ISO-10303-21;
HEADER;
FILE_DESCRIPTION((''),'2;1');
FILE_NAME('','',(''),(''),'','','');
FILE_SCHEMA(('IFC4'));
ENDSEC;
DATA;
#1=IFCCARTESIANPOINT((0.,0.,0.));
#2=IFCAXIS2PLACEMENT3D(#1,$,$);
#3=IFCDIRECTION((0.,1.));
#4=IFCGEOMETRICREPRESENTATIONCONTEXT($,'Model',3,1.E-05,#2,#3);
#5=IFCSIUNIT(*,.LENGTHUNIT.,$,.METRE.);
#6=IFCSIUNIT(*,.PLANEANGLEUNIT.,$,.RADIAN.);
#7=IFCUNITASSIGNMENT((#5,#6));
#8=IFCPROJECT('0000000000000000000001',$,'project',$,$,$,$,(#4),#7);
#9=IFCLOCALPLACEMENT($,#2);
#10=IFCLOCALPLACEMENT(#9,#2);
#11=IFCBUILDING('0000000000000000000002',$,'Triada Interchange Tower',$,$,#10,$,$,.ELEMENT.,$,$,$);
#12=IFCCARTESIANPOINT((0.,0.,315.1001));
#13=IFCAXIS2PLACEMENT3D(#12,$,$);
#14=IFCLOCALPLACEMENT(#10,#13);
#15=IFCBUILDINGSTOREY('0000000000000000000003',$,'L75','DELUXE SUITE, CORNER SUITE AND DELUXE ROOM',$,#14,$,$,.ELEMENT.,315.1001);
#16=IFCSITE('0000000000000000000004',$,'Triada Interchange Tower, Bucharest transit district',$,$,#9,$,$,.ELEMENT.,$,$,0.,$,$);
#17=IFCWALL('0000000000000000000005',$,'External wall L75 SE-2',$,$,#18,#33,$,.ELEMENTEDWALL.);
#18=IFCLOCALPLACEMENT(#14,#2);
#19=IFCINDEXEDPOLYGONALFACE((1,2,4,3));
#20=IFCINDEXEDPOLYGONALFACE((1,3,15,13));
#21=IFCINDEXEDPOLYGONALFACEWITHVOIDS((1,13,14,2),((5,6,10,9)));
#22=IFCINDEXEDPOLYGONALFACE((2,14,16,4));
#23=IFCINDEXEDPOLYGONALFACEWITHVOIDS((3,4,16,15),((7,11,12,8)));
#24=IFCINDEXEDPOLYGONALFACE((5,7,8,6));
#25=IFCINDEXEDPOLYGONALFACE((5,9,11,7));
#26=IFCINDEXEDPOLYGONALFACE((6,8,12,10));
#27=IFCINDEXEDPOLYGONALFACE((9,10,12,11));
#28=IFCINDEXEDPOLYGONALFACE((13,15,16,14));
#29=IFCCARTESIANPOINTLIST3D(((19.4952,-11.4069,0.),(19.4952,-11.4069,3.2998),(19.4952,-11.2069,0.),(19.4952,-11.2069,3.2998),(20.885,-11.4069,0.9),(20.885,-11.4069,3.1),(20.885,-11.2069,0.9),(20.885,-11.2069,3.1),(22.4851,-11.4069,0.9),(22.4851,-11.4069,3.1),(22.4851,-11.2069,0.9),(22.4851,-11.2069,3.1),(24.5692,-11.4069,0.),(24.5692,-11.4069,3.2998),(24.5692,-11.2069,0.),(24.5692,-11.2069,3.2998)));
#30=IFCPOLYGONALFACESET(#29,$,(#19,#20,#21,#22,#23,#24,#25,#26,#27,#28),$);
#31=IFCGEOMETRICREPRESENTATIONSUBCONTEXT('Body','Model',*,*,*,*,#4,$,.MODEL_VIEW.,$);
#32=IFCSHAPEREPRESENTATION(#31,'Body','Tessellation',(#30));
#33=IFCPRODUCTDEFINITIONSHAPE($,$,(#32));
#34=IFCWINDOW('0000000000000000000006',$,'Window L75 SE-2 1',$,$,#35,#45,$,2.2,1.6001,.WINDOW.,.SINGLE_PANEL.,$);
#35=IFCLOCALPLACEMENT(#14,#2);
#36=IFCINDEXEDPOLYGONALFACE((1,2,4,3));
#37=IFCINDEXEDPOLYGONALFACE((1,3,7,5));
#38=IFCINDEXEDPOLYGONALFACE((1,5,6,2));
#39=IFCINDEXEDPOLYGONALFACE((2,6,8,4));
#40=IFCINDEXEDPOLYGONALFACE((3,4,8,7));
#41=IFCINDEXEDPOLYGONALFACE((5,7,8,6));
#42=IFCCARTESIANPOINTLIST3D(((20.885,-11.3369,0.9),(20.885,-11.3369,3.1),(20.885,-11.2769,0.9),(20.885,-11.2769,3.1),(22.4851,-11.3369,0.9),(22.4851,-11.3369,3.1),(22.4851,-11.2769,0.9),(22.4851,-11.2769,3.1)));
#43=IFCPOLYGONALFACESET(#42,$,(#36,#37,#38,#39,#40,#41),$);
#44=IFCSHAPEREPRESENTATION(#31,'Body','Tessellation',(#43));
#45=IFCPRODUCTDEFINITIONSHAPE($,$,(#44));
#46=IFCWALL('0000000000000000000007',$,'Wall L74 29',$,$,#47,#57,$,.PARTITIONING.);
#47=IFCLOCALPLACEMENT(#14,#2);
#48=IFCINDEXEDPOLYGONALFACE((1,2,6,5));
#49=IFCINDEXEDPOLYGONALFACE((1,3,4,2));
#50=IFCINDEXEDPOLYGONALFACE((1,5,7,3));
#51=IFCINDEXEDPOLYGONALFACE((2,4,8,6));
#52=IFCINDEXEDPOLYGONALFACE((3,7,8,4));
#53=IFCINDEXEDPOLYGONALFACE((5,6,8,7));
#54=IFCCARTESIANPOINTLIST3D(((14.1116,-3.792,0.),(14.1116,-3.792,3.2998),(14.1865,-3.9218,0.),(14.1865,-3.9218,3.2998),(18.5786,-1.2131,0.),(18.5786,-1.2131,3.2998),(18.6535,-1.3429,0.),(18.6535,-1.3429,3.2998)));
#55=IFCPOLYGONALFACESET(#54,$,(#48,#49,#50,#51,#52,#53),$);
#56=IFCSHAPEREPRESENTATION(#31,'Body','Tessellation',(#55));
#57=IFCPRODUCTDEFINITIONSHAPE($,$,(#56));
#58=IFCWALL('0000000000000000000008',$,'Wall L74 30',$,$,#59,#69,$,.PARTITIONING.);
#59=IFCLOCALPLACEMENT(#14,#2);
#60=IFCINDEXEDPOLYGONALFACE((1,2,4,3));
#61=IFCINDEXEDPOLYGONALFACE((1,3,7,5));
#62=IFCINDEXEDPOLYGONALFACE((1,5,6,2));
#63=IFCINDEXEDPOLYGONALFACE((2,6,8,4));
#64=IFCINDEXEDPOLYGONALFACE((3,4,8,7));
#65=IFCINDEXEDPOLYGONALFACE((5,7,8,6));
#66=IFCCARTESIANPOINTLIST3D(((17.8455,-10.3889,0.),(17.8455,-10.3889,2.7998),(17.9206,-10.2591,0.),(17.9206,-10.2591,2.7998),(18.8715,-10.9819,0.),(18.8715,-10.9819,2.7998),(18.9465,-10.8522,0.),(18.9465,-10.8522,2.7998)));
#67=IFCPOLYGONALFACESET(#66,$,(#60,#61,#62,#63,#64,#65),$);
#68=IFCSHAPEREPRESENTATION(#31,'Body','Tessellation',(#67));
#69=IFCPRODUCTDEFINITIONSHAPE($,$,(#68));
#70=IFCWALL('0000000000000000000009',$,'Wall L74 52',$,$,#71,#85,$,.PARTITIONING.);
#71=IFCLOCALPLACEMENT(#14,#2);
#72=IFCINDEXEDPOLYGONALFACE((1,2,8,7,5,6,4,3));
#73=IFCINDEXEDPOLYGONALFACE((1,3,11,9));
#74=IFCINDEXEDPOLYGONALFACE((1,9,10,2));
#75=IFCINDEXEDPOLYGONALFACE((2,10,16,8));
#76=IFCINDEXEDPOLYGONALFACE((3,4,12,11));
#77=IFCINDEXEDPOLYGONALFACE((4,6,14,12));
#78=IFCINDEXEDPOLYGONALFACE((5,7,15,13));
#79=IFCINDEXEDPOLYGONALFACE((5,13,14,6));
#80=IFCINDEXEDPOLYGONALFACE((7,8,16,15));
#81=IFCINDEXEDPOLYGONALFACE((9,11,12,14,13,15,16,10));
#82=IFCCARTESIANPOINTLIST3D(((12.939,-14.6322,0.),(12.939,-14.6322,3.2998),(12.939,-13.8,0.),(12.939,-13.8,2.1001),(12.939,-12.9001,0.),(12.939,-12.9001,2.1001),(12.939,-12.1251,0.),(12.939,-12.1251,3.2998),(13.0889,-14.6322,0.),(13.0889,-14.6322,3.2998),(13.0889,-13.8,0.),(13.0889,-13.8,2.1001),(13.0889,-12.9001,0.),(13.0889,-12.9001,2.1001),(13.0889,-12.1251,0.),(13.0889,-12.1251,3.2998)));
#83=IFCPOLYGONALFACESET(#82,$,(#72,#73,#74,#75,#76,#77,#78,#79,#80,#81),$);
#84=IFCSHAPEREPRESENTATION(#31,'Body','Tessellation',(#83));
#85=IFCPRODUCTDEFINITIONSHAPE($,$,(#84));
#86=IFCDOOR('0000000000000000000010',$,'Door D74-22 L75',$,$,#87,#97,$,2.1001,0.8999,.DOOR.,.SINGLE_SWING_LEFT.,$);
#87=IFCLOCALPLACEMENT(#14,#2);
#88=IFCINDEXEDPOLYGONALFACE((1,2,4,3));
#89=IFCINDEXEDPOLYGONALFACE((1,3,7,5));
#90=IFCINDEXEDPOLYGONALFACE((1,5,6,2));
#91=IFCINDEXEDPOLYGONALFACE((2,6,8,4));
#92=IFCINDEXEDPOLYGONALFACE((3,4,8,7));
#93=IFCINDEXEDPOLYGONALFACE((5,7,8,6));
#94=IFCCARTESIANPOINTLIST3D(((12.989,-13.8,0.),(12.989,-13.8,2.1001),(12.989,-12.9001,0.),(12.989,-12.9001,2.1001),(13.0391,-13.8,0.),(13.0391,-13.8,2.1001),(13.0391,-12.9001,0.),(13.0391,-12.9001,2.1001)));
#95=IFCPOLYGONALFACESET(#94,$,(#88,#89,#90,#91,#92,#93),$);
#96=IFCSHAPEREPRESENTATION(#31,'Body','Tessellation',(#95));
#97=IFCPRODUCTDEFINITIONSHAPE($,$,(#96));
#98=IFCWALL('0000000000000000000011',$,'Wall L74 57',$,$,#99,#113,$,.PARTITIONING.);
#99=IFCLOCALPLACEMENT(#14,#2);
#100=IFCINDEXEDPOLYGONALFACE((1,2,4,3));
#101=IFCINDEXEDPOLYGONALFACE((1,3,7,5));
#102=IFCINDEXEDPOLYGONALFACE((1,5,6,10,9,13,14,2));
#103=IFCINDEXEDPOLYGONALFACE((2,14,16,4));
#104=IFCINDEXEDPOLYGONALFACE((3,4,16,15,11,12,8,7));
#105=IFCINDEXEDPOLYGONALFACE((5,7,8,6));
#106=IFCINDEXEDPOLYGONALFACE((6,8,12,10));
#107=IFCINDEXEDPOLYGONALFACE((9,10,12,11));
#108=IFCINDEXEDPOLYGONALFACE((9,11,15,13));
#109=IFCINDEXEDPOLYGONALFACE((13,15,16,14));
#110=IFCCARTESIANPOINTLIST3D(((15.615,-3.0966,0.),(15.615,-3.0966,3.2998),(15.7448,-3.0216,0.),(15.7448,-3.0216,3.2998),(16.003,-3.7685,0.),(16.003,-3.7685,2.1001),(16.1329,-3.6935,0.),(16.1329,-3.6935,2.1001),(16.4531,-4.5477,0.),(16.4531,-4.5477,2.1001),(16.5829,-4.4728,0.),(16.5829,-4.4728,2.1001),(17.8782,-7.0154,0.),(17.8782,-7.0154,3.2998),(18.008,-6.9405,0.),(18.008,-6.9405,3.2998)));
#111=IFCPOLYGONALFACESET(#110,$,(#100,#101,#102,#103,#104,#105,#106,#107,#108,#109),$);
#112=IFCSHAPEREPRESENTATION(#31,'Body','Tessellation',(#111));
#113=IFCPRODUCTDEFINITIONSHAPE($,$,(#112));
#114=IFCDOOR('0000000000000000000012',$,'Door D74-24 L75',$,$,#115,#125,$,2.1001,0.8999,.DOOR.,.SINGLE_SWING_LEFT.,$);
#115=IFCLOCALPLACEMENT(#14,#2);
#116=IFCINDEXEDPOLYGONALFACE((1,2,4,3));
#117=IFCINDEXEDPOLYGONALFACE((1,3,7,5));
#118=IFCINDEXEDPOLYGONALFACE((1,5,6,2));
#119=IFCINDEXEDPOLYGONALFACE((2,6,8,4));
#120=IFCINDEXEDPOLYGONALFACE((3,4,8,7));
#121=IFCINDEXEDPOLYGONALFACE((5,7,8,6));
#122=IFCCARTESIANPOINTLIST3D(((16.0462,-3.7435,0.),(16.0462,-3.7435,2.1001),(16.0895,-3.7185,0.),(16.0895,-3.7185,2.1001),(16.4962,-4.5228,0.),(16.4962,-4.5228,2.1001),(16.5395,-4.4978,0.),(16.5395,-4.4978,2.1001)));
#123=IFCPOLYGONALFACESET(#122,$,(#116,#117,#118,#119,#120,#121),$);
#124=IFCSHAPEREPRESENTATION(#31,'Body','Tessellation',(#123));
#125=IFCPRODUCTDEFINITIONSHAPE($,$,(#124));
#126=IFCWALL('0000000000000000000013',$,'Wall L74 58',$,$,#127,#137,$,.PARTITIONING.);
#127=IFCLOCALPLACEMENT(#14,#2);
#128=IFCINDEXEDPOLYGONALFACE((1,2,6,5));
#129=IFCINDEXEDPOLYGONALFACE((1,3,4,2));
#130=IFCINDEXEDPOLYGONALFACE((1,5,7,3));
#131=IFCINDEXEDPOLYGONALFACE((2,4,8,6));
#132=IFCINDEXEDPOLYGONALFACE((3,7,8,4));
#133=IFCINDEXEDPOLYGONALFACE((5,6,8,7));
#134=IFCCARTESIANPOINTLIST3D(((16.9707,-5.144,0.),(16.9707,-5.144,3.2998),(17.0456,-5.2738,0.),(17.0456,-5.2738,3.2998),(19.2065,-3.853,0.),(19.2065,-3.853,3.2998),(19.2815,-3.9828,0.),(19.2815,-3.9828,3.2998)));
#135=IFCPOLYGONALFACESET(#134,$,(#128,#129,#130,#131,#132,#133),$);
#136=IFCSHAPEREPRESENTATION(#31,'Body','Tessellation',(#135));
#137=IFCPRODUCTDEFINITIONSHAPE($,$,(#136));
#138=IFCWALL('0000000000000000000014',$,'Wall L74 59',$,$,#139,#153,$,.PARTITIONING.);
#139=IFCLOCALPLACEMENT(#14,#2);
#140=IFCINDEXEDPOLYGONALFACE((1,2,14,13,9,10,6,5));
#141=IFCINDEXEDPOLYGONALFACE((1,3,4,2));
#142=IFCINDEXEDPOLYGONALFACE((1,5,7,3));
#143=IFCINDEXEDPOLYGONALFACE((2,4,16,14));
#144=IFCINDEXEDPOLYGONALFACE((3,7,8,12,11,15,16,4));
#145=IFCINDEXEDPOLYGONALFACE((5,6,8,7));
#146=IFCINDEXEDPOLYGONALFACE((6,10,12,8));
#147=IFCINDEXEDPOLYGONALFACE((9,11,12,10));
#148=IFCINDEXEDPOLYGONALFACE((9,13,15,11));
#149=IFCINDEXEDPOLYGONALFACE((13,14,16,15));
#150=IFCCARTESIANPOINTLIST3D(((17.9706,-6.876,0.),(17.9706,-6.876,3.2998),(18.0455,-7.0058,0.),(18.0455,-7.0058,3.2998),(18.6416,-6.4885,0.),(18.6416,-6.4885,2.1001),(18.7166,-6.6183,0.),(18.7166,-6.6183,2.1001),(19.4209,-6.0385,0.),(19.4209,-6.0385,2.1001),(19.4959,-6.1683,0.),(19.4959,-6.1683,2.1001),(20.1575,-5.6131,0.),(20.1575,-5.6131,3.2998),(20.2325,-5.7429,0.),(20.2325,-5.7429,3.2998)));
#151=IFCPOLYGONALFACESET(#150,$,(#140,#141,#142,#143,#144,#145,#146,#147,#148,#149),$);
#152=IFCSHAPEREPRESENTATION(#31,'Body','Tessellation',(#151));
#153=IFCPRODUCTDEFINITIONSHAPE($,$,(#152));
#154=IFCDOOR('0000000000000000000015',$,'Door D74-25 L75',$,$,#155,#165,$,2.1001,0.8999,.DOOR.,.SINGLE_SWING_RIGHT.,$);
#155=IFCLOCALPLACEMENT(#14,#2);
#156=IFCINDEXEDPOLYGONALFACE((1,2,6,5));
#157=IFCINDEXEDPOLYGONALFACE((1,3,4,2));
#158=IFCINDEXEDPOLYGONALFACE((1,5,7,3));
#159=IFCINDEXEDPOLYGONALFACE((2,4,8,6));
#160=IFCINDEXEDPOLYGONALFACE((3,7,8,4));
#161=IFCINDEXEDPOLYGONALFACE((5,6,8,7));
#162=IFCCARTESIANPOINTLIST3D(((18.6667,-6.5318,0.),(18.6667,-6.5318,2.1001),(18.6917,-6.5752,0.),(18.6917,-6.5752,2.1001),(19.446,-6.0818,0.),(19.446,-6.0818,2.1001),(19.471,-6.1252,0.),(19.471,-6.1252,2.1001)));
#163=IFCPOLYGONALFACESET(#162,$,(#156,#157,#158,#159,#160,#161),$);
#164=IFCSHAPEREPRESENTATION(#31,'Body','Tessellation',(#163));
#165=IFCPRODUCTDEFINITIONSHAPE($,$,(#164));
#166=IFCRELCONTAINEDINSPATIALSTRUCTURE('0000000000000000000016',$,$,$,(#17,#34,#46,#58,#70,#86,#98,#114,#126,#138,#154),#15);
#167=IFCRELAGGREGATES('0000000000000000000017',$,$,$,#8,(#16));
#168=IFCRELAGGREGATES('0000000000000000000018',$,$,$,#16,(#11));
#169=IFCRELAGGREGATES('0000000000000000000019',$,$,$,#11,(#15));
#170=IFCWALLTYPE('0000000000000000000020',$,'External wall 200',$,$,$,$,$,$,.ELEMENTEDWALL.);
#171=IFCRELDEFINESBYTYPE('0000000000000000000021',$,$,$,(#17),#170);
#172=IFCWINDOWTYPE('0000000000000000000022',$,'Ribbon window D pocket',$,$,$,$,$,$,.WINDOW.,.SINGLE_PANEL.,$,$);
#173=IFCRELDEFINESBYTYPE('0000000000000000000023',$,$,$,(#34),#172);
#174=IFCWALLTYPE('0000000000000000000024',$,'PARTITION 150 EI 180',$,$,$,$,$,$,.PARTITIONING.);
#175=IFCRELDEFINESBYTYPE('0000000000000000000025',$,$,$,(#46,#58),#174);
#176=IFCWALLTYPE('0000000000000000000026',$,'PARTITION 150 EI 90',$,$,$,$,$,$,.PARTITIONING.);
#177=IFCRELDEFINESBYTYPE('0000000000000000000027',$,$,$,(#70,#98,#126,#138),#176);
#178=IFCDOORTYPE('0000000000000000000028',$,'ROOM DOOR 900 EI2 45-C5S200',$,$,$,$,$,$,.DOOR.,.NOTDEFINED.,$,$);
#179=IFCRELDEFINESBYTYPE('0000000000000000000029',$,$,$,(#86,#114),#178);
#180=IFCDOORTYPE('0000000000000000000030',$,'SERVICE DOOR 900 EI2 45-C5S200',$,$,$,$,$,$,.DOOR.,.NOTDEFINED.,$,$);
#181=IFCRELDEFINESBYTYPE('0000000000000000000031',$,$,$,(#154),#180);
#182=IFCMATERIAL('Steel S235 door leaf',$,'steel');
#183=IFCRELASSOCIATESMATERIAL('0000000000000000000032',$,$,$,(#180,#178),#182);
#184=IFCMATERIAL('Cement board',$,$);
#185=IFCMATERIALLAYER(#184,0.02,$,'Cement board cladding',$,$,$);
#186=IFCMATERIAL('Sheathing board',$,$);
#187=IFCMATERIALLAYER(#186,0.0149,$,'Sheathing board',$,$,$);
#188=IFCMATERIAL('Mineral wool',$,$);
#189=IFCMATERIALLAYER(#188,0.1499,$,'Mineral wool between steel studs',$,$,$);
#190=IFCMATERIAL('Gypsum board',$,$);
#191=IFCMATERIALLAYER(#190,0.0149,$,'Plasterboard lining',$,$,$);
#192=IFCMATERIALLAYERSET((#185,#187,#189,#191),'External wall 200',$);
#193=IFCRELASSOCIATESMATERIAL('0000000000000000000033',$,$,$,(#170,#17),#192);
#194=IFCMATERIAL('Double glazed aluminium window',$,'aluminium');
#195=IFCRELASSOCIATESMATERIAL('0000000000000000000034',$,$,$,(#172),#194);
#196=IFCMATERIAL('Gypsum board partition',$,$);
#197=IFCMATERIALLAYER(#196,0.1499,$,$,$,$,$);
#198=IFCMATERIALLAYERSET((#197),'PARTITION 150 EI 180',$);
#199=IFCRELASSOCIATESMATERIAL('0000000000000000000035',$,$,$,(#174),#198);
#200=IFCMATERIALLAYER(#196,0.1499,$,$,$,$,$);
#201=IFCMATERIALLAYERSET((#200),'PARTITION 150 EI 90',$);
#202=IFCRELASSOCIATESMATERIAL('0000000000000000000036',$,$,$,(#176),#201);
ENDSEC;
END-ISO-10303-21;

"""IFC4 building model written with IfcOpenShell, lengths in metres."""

from ifc_helpers import new_model, si_unit, direction, frame, frame_2d, origin, place, context, subcontext, project, spatial, rectangle, extrude, material, layer, layer_set, layer_usage, type_object, element, fill, save


model = new_model("IFC4")

# Units and contexts
model_context = context("Model", 3, precision=1e-05, world=origin(), true_north=direction((0.0, 1.0)))
body_context = subcontext(model_context, "Body", "Model", "MODEL_VIEW")
ifc_project = project(units=[si_unit("LENGTHUNIT", "METRE"), si_unit("PLANEANGLEUNIT", "RADIAN")], contexts=[model_context])

# Site, building, storey
site_placement = place(None, origin())
site = spatial("IfcSite", under=ifc_project, at=site_placement, Name="Triada Interchange Tower, Bucharest transit district", CompositionType="ELEMENT", RefElevation=0.0)
building_placement = place(site_placement, origin())
building = spatial("IfcBuilding", under=site, at=building_placement, Name="Triada Interchange Tower", CompositionType="ELEMENT")
storey_placement = place(building_placement, frame((0.0, 0.0, 315.1001)))
storey = spatial("IfcBuildingStorey", under=building, at=storey_placement, Name="L75", Description="DELUXE SUITE, CORNER SUITE AND DELUXE ROOM", CompositionType="ELEMENT", Elevation=315.1001)

# Shared definitions
ifc_material_1 = material(Name="Steel S235 door leaf", Category="steel")

# Shared definitions
door_type_1 = type_object("IfcDoorType", Name="SERVICE DOOR 900 EI2 45-C5S200", OperationType="NOTDEFINED", PredefinedType="DOOR", material=ifc_material_1)

# Wall, opening, window
ifc_material_2 = material(Name="Cement board")
ifc_layer_1 = layer(ifc_material_2, 0.02, Name="Cement board cladding")
ifc_material_3 = material(Name="Sheathing board")
ifc_layer_2 = layer(ifc_material_3, 0.0149, Name="Sheathing board")
ifc_material_4 = material(Name="Mineral wool")
ifc_layer_3 = layer(ifc_material_4, 0.1499, Name="Mineral wool between steel studs")
ifc_material_5 = material(Name="Gypsum board")
ifc_layer_4 = layer(ifc_material_5, 0.0149, Name="Plasterboard lining")
ifc_layer_set_1 = layer_set([ifc_layer_1, ifc_layer_2, ifc_layer_3, ifc_layer_4], Name="External wall 200")
ifc_layer_usage = layer_usage(ifc_layer_set_1, "AXIS2", "POSITIVE", -0.1001)
wall_type_1 = type_object("IfcWallType", Name="External wall 200", PredefinedType="ELEMENTEDWALL", material=ifc_layer_set_1)
wall_1_placement = place(storey_placement, frame((19.4951, -11.3069, 0.0), z_axis=(0.0, 0.0, 1.0), x_axis=(1.0, 0.0, 0.0)))
wall_1 = element("IfcWall", 1, at=wall_1_placement, inside=storey, type_object=wall_type_1, material=ifc_layer_usage, Name="External wall L75 SE-2", PredefinedType="ELEMENTEDWALL", context=body_context, shape_type="SweptSolid", body=[
    extrude(rectangle(XDim=5.074, YDim=0.2, at=frame_2d((2.5371, 0.0))), origin(), (0.0, 0.0, 1.0), 3.2998),
])
opening_1_placement = place(wall_1_placement, frame((1.3899, 0.0, 0.8999)))
opening_1 = element("IfcOpeningElement", 2, at=opening_1_placement, cuts=wall_1, PredefinedType="OPENING", context=body_context, shape_type="SweptSolid", body=[
    extrude(rectangle(XDim=1.6001, YDim=2.2, at=frame_2d((0.8, 1.1001))), frame((0.0, 0.1099, 0.0), z_axis=(0.0, -1.0, 0.0), x_axis=(1.0, 0.0, 0.0)), (0.0, 0.0, 1.0), 0.22),
])
ifc_material_6 = material(Name="Double glazed aluminium window", Category="aluminium")
window_type = type_object("IfcWindowType", Name="Ribbon window D pocket", PartitioningType="SINGLE_PANEL", PredefinedType="WINDOW", material=ifc_material_6)
window_placement = place(opening_1_placement, origin())
window = element("IfcWindow", 3, at=window_placement, inside=storey, type_object=window_type, Name="Window L75 SE-2 1", OverallHeight=2.2, OverallWidth=1.6001, PartitioningType="SINGLE_PANEL", PredefinedType="WINDOW", context=body_context, shape_type="SweptSolid", body=[
    extrude(rectangle(XDim=1.6001, YDim=2.2, at=frame_2d((0.8, 1.1001))), frame((0.0, 0.03, 0.0), z_axis=(0.0, -1.0, 0.0), x_axis=(1.0, 0.0, 0.0)), (0.0, 0.0, 1.0), 0.0601),
])
fill(opening_1, window)

# Walls
ifc_material_7 = material(Name="Gypsum board partition")
ifc_layer_5 = layer(ifc_material_7, 0.1499)
ifc_layer_set_2 = layer_set([ifc_layer_5], Name="PARTITION 150 EI 180")
wall_type_2 = type_object("IfcWallType", Name="PARTITION 150 EI 180", PredefinedType="PARTITIONING", material=ifc_layer_set_2)
wall_2_placement = place(storey_placement, frame((14.1489, -3.8569, 0.0), z_axis=(0.0, 0.0, 1.0), x_axis=(0.866041, 0.499972, 0.0)))
element("IfcWall", 4, at=wall_2_placement, inside=storey, type_object=wall_type_2, Name="Wall L74 29", PredefinedType="PARTITIONING", context=body_context, shape_type="SweptSolid", body=[
    extrude(rectangle(XDim=5.158, YDim=0.1499, at=frame_2d((2.5791, 0.0))), origin(), (0.0, 0.0, 1.0), 3.2998),
])
wall_3_placement = place(storey_placement, frame((17.8831, -10.324, 0.0), z_axis=(0.0, 0.0, 1.0), x_axis=(0.86576, -0.50046, 0.0)))
element("IfcWall", 5, at=wall_3_placement, inside=storey, type_object=wall_type_2, Name="Wall L74 30", PredefinedType="PARTITIONING", context=body_context, shape_type="SweptSolid", body=[
    extrude(rectangle(XDim=1.1851, YDim=0.1499, at=frame_2d((0.5925, 0.0))), origin(), (0.0, 0.0, 1.0), 2.7998),
])

# Walls, openings, doors
ifc_layer_6 = layer(ifc_material_7, 0.1499)
ifc_layer_set_3 = layer_set([ifc_layer_6], Name="PARTITION 150 EI 90")
wall_type_3 = type_object("IfcWallType", Name="PARTITION 150 EI 90", PredefinedType="PARTITIONING", material=ifc_layer_set_3)
wall_4_placement = place(storey_placement, frame((13.0139, -14.6321, 0.0), z_axis=(0.0, 0.0, 1.0), x_axis=(0.0, 1.0, 0.0)))
wall_4 = element("IfcWall", 6, at=wall_4_placement, inside=storey, type_object=wall_type_3, Name="Wall L74 52", PredefinedType="PARTITIONING", context=body_context, shape_type="SweptSolid", body=[
    extrude(rectangle(XDim=2.5071, YDim=0.1499, at=frame_2d((1.2534, 0.0))), origin(), (0.0, 0.0, 1.0), 3.2998),
])
opening_2_placement = place(wall_4_placement, frame((0.832, 0.0, 0.0)))
opening_2 = element("IfcOpeningElement", 7, at=opening_2_placement, cuts=wall_4, PredefinedType="OPENING", context=body_context, shape_type="SweptSolid", body=[
    extrude(rectangle(XDim=0.8999, YDim=2.1001, at=frame_2d((0.45, 1.05))), frame((0.0, 0.085, 0.0), z_axis=(0.0, -1.0, 0.0), x_axis=(1.0, 0.0, 0.0)), (0.0, 0.0, 1.0), 0.1699),
])
door_type_2 = type_object("IfcDoorType", Name="ROOM DOOR 900 EI2 45-C5S200", OperationType="NOTDEFINED", PredefinedType="DOOR", material=ifc_material_1)
door_1_placement = place(opening_2_placement, origin())
door_1 = element("IfcDoor", 8, at=door_1_placement, inside=storey, type_object=door_type_2, Name="Door D74-22 L75", OperationType="SINGLE_SWING_LEFT", OverallHeight=2.1001, OverallWidth=0.8999, PredefinedType="DOOR", context=body_context, shape_type="SweptSolid", body=[
    extrude(rectangle(XDim=0.8999, YDim=2.1001, at=frame_2d((0.45, 1.05))), frame((0.0, 0.0249, 0.0), z_axis=(0.0, -1.0, 0.0), x_axis=(1.0, 0.0, 0.0)), (0.0, 0.0, 1.0), 0.05),
])
fill(opening_2, door_1)
wall_5_placement = place(storey_placement, frame((15.6799, -3.0591, 0.0), z_axis=(0.0, 0.0, 1.0), x_axis=(0.500096, -0.86597, 0.0)))
wall_5 = element("IfcWall", 9, at=wall_5_placement, inside=storey, type_object=wall_type_3, Name="Wall L74 57", PredefinedType="PARTITIONING", context=body_context, shape_type="SweptSolid", body=[
    extrude(rectangle(XDim=4.5254, YDim=0.1499, at=frame_2d((2.2627, 0.0))), origin(), (0.0, 0.0, 1.0), 3.2998),
])
opening_3_placement = place(wall_5_placement, frame((0.7759, 0.0, 0.0)))
opening_3 = element("IfcOpeningElement", 10, at=opening_3_placement, cuts=wall_5, PredefinedType="OPENING", context=body_context, shape_type="SweptSolid", body=[
    extrude(rectangle(XDim=0.8999, YDim=2.1001, at=frame_2d((0.45, 1.05))), frame((0.0, 0.085, 0.0), z_axis=(0.0, -1.0, 0.0), x_axis=(1.0, 0.0, 0.0)), (0.0, 0.0, 1.0), 0.1699),
])
door_2_placement = place(opening_3_placement, origin())
door_2 = element("IfcDoor", 11, at=door_2_placement, inside=storey, type_object=door_type_2, Name="Door D74-24 L75", OperationType="SINGLE_SWING_LEFT", OverallHeight=2.1001, OverallWidth=0.8999, PredefinedType="DOOR", context=body_context, shape_type="SweptSolid", body=[
    extrude(rectangle(XDim=0.8999, YDim=2.1001, at=frame_2d((0.45, 1.05))), frame((0.0, 0.0249, 0.0), z_axis=(0.0, -1.0, 0.0), x_axis=(1.0, 0.0, 0.0)), (0.0, 0.0, 1.0), 0.05),
])
fill(opening_3, door_2)

# Wall
wall_6_placement = place(storey_placement, frame((17.0081, -5.209, 0.0), z_axis=(0.0, 0.0, 1.0), x_axis=(0.866, 0.500044, 0.0)))
element("IfcWall", 12, at=wall_6_placement, inside=storey, type_object=wall_type_3, Name="Wall L74 58", PredefinedType="PARTITIONING", context=body_context, shape_type="SweptSolid", body=[
    extrude(rectangle(XDim=2.5818, YDim=0.1499, at=frame_2d((1.291, 0.0))), origin(), (0.0, 0.0, 1.0), 3.2998),
])

# Wall, opening, door
wall_7_placement = place(storey_placement, frame((18.0081, -6.9409, 0.0), z_axis=(0.0, 0.0, 1.0), x_axis=(0.86598, 0.500079, 0.0)))
wall_7 = element("IfcWall", 13, at=wall_7_placement, inside=storey, type_object=wall_type_3, Name="Wall L74 59", PredefinedType="PARTITIONING", context=body_context, shape_type="SweptSolid", body=[
    extrude(rectangle(XDim=2.5254, YDim=0.1499, at=frame_2d((1.2627, 0.0))), origin(), (0.0, 0.0, 1.0), 3.2998),
])
opening_4_placement = place(wall_7_placement, frame((0.7749, 0.0, 0.0)))
opening_4 = element("IfcOpeningElement", 14, at=opening_4_placement, cuts=wall_7, PredefinedType="OPENING", context=body_context, shape_type="SweptSolid", body=[
    extrude(rectangle(XDim=0.8999, YDim=2.1001, at=frame_2d((0.45, 1.05))), frame((0.0, 0.085, 0.0), z_axis=(0.0, -1.0, 0.0), x_axis=(1.0, 0.0, 0.0)), (0.0, 0.0, 1.0), 0.1699),
])
door_3_placement = place(opening_4_placement, origin())
door_3 = element("IfcDoor", 15, at=door_3_placement, inside=storey, type_object=door_type_1, Name="Door D74-25 L75", OperationType="SINGLE_SWING_RIGHT", OverallHeight=2.1001, OverallWidth=0.8999, PredefinedType="DOOR", context=body_context, shape_type="SweptSolid", body=[
    extrude(rectangle(XDim=0.8999, YDim=2.1001, at=frame_2d((0.45, 1.05))), frame((0.0, 0.0249, 0.0), z_axis=(0.0, -1.0, 0.0), x_axis=(1.0, 0.0, 0.0)), (0.0, 0.0, 1.0), 0.05),
])
fill(opening_4, door_3)

save(model, "model.ifc")
